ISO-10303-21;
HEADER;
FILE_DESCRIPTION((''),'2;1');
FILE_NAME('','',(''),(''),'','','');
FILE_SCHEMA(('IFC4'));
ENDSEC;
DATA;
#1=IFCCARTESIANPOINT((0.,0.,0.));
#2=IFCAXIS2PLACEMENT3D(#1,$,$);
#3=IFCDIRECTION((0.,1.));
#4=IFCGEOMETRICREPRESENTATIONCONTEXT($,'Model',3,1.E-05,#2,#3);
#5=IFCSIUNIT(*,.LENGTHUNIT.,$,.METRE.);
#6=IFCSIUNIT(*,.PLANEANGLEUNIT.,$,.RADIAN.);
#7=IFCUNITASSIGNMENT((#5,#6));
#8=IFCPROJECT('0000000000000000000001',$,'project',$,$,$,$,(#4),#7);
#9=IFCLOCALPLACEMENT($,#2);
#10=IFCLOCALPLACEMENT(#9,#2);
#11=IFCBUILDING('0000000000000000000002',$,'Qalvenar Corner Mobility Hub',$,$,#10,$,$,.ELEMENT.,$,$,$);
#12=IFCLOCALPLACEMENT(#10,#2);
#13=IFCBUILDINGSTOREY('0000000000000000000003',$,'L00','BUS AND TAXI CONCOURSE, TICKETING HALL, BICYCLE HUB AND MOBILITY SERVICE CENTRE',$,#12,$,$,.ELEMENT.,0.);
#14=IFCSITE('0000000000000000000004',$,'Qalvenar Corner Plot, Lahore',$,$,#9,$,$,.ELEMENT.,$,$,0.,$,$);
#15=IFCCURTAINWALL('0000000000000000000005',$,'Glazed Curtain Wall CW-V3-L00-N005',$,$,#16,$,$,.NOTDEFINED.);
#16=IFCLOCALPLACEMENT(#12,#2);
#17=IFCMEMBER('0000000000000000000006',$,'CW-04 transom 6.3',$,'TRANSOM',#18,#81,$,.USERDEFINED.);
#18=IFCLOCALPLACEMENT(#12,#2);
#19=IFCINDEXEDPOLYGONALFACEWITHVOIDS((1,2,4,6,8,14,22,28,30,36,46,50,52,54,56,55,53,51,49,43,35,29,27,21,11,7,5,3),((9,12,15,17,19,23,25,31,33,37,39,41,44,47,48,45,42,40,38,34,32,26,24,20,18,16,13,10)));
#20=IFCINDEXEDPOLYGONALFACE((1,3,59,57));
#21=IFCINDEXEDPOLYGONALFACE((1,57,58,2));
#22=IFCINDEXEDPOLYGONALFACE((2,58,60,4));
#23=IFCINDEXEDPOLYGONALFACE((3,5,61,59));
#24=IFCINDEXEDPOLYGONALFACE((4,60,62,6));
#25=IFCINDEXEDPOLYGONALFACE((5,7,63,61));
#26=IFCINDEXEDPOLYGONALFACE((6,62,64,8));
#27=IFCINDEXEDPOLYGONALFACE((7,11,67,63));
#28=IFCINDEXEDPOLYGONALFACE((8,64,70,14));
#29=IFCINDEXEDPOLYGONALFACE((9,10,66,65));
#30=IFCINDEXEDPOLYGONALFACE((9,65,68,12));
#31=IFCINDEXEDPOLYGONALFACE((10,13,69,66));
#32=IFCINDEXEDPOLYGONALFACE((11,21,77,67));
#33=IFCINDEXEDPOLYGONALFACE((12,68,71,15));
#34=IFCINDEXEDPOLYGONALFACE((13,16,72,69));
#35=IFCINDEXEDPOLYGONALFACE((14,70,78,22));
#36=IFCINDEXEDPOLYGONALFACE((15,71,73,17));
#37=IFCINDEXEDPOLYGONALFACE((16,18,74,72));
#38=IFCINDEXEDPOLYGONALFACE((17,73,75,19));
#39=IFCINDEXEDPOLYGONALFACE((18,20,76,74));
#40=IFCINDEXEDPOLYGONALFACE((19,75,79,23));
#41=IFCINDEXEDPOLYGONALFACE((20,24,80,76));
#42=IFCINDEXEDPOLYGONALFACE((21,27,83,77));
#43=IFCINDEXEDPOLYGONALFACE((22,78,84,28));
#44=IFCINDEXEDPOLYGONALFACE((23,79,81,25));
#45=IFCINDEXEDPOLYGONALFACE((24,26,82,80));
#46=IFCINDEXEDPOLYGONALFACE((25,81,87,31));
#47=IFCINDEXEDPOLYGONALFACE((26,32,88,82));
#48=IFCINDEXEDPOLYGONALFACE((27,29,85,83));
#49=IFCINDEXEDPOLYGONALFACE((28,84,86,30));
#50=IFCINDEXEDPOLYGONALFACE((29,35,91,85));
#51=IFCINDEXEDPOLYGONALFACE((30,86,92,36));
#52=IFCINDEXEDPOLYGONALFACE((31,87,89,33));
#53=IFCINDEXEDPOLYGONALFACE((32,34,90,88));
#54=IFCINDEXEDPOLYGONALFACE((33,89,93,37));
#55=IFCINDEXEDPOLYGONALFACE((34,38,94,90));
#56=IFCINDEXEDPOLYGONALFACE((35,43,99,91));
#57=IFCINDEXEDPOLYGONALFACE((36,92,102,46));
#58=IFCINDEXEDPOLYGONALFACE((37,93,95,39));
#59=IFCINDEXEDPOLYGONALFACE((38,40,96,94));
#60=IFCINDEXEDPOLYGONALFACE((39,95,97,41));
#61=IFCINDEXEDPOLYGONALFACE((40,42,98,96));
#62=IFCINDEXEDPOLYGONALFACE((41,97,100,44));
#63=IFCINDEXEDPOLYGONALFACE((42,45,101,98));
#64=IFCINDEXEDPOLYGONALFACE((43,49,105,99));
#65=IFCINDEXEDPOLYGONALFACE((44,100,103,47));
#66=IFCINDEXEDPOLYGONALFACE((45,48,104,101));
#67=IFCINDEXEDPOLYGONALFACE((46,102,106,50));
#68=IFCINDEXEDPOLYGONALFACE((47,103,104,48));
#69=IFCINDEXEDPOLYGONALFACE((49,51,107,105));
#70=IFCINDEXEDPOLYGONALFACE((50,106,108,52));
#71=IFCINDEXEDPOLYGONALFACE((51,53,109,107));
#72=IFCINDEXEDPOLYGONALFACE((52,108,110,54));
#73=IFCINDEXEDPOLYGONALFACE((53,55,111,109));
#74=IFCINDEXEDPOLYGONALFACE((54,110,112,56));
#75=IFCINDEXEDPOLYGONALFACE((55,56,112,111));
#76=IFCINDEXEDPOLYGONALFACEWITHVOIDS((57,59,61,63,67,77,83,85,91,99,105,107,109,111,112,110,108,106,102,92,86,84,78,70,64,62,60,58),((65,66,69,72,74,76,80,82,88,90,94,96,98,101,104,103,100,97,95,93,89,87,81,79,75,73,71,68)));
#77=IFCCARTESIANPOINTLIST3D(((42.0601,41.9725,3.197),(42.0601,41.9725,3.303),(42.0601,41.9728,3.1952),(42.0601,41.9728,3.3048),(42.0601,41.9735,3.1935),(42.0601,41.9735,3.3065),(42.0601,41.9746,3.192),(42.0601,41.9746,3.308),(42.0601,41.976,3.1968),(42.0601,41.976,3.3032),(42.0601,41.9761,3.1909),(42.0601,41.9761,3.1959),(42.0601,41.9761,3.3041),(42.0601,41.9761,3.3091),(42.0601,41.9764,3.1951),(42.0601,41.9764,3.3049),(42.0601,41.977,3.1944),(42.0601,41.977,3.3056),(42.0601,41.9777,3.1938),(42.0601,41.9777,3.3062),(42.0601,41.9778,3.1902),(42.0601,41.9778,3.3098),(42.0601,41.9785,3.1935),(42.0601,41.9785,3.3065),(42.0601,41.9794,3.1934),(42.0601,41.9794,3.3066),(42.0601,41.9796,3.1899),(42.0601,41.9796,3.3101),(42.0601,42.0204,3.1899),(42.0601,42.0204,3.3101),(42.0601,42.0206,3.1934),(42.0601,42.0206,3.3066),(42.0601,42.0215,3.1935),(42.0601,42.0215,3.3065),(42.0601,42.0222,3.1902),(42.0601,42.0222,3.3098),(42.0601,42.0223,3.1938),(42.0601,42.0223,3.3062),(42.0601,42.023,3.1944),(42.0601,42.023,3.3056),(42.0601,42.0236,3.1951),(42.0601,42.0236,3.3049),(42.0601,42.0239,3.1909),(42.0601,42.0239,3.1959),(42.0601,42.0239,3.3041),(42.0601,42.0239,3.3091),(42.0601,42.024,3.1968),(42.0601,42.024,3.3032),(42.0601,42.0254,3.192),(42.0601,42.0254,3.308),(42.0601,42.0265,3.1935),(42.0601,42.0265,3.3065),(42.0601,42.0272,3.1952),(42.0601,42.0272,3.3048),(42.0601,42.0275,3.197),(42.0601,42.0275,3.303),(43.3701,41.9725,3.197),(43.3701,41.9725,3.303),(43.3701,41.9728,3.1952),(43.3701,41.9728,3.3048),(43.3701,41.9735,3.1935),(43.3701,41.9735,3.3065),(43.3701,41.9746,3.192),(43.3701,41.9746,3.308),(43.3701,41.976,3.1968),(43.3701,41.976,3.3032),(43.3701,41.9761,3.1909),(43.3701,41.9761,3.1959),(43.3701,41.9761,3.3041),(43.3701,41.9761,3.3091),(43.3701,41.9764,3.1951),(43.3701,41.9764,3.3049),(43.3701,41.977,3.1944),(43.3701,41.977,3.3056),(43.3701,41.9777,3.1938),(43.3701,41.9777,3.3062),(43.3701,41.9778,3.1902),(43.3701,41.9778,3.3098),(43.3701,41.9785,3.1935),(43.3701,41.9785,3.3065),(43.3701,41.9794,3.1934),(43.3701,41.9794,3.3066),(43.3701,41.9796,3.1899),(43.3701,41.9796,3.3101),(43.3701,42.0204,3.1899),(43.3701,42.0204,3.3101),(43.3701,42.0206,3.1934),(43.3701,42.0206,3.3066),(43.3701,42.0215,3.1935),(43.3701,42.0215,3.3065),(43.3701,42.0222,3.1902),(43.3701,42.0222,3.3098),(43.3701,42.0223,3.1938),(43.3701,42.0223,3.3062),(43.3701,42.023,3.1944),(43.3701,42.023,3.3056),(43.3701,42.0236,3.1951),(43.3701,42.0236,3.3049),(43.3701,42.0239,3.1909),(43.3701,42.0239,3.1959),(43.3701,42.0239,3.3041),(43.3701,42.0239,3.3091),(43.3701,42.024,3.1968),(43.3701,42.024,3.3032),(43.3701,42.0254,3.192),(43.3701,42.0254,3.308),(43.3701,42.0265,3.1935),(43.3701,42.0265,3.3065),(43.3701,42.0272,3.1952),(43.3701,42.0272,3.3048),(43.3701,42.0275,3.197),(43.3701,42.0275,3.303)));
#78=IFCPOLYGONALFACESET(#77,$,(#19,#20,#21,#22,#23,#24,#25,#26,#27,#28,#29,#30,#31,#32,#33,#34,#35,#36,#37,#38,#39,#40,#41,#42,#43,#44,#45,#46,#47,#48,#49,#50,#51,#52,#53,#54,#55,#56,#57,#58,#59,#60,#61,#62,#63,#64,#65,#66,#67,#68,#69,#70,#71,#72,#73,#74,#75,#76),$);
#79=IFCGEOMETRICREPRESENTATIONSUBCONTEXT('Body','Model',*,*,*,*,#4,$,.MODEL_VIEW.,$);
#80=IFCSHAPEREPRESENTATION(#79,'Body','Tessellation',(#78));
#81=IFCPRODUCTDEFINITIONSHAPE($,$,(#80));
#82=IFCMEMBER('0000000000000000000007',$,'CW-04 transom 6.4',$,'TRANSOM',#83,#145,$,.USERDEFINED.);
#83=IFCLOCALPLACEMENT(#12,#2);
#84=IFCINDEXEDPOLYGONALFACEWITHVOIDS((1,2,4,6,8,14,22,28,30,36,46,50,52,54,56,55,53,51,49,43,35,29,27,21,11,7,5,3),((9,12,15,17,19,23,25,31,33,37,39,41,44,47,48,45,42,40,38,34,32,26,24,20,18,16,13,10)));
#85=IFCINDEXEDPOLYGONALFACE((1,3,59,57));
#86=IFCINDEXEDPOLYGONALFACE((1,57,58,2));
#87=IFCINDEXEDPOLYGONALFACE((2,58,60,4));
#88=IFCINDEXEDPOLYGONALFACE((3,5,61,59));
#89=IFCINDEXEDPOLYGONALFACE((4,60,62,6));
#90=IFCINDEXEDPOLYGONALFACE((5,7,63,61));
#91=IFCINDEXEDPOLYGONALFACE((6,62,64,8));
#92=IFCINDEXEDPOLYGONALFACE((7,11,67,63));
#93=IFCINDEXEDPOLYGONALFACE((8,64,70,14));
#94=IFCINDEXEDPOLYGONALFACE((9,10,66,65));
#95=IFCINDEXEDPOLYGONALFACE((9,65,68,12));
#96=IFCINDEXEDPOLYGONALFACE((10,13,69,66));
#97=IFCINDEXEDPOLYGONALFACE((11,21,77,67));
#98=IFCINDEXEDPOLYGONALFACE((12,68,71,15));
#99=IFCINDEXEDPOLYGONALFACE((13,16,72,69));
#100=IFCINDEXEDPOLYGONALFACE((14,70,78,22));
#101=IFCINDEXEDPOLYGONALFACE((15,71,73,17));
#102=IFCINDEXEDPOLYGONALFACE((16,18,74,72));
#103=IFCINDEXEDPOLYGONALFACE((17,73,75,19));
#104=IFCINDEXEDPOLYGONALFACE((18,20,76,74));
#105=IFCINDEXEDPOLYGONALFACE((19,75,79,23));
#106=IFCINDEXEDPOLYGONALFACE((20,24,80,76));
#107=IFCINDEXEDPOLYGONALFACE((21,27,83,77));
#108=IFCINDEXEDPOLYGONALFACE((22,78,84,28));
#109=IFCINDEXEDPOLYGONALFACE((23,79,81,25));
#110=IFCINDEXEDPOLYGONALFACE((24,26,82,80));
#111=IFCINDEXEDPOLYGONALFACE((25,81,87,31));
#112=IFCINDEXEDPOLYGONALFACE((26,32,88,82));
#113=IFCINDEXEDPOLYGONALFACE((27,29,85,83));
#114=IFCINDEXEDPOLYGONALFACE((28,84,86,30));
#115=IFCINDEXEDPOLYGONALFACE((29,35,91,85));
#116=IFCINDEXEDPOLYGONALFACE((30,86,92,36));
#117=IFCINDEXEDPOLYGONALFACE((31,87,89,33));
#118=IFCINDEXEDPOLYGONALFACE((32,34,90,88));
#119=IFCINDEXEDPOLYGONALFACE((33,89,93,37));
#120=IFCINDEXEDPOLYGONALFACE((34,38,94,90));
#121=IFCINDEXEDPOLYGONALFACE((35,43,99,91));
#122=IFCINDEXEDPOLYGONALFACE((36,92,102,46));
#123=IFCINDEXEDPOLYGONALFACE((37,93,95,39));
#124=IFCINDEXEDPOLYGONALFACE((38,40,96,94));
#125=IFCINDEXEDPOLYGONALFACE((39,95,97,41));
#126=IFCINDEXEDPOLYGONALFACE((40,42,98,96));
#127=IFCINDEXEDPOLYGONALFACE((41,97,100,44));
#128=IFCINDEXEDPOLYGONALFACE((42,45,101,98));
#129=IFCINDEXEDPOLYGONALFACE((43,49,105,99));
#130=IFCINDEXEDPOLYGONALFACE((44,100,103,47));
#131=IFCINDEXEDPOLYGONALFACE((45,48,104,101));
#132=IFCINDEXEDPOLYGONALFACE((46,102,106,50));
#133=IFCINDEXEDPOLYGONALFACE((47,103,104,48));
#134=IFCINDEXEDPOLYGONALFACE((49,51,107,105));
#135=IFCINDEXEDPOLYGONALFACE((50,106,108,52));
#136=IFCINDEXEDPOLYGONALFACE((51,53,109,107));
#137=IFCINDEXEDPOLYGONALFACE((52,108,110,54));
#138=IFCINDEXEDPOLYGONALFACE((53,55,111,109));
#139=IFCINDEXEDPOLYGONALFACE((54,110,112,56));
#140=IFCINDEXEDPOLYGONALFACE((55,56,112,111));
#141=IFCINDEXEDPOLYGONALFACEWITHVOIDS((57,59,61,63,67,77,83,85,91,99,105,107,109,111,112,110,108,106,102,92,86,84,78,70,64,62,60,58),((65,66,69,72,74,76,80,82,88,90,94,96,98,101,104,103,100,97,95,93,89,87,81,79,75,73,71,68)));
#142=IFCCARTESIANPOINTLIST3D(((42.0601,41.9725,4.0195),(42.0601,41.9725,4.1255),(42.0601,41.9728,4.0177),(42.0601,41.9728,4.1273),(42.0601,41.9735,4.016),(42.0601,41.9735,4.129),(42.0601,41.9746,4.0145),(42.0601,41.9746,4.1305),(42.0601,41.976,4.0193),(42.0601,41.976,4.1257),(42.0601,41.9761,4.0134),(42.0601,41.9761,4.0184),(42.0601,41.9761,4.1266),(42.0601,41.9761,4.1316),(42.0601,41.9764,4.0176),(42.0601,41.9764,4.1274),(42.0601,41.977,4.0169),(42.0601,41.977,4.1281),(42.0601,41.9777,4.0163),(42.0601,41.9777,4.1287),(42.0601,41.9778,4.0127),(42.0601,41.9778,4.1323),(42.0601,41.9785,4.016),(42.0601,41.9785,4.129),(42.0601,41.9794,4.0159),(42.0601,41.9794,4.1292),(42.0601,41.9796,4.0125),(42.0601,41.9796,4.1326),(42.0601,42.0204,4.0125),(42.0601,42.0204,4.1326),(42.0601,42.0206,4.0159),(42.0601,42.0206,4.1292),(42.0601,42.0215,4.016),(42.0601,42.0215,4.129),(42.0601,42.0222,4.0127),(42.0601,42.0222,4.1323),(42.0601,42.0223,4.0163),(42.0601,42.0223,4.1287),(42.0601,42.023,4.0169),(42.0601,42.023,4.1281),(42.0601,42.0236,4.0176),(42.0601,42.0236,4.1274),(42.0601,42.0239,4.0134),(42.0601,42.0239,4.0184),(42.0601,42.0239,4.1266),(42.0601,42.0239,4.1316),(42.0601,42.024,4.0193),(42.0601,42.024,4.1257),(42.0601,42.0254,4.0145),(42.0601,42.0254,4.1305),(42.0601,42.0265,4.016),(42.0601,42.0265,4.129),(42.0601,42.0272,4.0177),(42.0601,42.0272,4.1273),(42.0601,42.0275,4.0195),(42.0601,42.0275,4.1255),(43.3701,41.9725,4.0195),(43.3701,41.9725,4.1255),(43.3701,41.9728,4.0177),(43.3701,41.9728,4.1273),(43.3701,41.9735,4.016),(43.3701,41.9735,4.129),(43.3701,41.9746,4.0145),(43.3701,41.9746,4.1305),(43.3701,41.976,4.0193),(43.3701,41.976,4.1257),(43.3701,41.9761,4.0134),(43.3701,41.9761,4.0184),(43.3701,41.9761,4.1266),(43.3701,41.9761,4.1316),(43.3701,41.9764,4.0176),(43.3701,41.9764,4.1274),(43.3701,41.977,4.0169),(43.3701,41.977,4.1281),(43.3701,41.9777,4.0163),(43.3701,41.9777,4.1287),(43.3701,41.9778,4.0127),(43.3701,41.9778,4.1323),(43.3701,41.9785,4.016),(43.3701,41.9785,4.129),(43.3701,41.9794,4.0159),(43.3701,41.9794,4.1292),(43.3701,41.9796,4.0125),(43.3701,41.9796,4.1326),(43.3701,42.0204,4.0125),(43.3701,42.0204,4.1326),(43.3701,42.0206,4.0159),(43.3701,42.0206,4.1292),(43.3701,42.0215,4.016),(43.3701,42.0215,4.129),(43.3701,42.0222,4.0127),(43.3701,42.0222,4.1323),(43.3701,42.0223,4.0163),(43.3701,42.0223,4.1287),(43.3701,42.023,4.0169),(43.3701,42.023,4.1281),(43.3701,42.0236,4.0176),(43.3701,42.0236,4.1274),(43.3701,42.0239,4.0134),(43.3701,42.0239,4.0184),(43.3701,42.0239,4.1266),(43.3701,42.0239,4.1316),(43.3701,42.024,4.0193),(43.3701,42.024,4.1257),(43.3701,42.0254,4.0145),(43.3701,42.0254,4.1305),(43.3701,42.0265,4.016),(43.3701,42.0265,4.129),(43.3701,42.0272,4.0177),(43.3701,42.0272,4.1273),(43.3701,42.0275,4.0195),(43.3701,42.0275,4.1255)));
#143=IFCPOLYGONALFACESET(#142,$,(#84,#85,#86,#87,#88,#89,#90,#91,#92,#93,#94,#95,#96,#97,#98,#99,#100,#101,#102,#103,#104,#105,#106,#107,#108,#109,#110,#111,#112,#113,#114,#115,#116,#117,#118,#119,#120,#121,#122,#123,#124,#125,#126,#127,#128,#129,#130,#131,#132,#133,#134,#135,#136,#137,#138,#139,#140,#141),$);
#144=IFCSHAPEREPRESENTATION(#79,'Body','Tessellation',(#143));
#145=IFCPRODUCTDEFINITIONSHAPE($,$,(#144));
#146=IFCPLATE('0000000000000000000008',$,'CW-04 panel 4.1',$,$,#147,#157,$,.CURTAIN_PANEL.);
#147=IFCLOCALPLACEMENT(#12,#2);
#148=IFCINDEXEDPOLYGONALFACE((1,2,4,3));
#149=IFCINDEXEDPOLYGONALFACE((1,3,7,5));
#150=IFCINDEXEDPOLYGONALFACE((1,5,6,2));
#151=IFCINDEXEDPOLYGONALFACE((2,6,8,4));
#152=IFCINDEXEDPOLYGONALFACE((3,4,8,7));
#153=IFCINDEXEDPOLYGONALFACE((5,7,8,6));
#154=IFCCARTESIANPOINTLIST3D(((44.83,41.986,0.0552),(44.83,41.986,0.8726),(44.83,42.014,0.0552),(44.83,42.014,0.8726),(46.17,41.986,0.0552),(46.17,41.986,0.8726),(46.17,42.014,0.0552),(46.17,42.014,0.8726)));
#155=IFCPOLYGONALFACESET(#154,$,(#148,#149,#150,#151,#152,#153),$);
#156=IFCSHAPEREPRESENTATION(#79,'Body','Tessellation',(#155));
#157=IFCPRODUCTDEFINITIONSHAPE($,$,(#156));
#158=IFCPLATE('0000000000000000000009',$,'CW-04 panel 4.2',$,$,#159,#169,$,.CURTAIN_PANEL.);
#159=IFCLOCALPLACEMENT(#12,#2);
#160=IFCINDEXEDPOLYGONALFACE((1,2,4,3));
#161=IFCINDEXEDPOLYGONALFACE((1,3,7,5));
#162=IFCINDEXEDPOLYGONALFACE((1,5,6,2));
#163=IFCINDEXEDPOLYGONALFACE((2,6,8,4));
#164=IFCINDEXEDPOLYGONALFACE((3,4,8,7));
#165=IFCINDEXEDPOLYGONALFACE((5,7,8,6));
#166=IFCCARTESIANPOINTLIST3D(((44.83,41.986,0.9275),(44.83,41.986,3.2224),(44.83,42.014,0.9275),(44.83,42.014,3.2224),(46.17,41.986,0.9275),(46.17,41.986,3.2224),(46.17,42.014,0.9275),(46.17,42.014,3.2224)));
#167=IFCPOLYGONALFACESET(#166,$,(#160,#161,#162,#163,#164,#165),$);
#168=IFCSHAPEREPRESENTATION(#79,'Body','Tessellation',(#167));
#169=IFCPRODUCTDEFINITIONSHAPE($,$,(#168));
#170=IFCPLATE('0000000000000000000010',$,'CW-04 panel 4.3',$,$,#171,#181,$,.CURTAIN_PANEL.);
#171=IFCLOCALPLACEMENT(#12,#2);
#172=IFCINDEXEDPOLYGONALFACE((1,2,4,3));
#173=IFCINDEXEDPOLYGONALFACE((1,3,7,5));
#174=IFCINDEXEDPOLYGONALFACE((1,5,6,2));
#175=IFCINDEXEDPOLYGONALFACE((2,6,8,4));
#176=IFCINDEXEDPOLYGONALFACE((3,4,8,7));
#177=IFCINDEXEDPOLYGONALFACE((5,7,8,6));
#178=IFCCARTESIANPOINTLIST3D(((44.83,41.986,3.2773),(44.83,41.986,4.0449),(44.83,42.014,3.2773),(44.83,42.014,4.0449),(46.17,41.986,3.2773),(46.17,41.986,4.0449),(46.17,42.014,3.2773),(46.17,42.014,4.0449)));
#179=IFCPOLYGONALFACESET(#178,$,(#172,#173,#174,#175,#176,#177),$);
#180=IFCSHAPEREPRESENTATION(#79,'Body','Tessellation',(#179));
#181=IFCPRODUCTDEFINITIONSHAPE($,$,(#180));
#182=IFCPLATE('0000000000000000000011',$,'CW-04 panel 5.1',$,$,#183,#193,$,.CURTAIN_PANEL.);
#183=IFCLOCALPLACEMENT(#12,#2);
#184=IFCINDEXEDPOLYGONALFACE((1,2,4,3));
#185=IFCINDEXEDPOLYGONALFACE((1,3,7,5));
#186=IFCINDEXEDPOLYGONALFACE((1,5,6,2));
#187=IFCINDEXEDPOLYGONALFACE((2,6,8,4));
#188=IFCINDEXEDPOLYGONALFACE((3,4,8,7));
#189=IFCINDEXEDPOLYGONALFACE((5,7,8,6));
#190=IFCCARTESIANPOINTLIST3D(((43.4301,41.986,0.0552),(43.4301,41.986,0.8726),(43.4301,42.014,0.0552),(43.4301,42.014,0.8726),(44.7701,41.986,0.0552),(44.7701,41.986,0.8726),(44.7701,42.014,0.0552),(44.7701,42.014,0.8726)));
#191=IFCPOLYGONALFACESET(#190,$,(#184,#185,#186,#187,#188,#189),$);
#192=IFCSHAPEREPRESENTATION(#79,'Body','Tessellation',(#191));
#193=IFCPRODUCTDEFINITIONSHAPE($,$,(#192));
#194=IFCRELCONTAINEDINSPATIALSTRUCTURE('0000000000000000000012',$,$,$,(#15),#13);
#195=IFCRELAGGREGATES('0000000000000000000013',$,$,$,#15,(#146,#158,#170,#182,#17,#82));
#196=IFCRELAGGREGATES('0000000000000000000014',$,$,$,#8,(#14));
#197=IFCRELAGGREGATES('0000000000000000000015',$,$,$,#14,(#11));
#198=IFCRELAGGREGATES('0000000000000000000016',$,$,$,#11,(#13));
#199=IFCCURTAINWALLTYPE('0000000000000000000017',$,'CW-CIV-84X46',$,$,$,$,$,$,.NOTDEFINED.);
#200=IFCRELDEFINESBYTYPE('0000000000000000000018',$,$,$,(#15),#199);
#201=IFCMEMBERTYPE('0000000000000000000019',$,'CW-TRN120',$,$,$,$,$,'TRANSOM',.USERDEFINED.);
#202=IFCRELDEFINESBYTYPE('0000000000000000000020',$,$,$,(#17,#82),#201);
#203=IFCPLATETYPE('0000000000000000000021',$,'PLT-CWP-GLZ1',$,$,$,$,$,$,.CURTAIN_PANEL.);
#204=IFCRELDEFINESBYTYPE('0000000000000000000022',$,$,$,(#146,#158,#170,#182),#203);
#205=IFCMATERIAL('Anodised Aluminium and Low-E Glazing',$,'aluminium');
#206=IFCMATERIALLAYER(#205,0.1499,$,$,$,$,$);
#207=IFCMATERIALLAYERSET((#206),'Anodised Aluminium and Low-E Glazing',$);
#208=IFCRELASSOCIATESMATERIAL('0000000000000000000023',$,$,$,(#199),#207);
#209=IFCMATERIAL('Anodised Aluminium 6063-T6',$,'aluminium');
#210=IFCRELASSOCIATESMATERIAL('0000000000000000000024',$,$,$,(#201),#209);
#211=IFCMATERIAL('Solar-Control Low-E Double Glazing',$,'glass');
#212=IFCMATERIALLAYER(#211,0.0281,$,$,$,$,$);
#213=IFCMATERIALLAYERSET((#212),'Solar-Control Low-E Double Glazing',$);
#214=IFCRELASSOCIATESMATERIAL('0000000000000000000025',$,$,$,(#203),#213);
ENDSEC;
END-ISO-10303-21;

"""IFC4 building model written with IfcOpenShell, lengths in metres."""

from ifc_helpers import new_model, si_unit, direction, frame, origin, origin_2d, place, context, subcontext, project, spatial, rectangle, hollow_rectangle, extrude, material, layer, layer_set, material_profile, profile_set, type_object, element, aggregate, save


model = new_model("IFC4")

# Units and contexts
model_context = context("Model", 3, precision=1e-05, world=origin(), true_north=direction((0.0, 1.0)))
body_context = subcontext(model_context, "Body", "Model", "MODEL_VIEW")
ifc_project = project(units=[si_unit("LENGTHUNIT", "METRE"), si_unit("PLANEANGLEUNIT", "RADIAN")], contexts=[model_context])

# Site, building, storey
site_placement = place(None, origin())
site = spatial("IfcSite", under=ifc_project, at=site_placement, Name="Qalvenar Corner Plot, Lahore", CompositionType="ELEMENT", RefElevation=0.0)
building_placement = place(site_placement, origin())
building = spatial("IfcBuilding", under=site, at=building_placement, Name="Qalvenar Corner Mobility Hub", CompositionType="ELEMENT")
storey_placement = place(building_placement, origin())
storey = spatial("IfcBuildingStorey", under=building, at=storey_placement, Name="L00", Description="BUS AND TAXI CONCOURSE, TICKETING HALL, BICYCLE HUB AND MOBILITY SERVICE CENTRE", CompositionType="ELEMENT", Elevation=0.0)

# Curtain wall
ifc_material_1 = material(Name="Anodised Aluminium and Low-E Glazing", Category="aluminium")
ifc_layer_1 = layer(ifc_material_1, 0.1499)
ifc_layer_set_1 = layer_set([ifc_layer_1], Name="Anodised Aluminium and Low-E Glazing")
curtain_wall_type = type_object("IfcCurtainWallType", Name="CW-CIV-84X46", PredefinedType="NOTDEFINED", material=ifc_layer_set_1)
curtain_wall_1_placement = place(storey_placement, origin())
curtain_wall_1 = element("IfcCurtainWall", 1, at=curtain_wall_1_placement, inside=storey, type_object=curtain_wall_type, Name="Glazed Curtain Wall CW-V3-L00-N005", PredefinedType="NOTDEFINED")
ifc_material_2 = material(Name="Anodised Aluminium 6063-T6", Category="aluminium")

# Members
ifc_material_profile_1 = material_profile(ifc_material_2, hollow_rectangle(XDim=0.0549, YDim=0.1201, WallThickness=0.0034, InnerFilletRadius=0.0034, OuterFilletRadius=0.0071, at=origin_2d()), Name="RHS120x55x3.5")
ifc_profile_set_1 = profile_set([ifc_material_profile_1], Name="Anodised Aluminium 6063-T6")
member_type_1 = type_object("IfcMemberType", Name="CW-TRN120", ElementType="TRANSOM", PredefinedType="USERDEFINED", material=ifc_profile_set_1)
member_1_placement = place(storey_placement, frame((43.3701, 42.0, 3.25), z_axis=(-1.0, 0.0, 0.0), x_axis=(0.0, -1.0, 0.0)))
member_1 = element("IfcMember", 2, at=member_1_placement, type_object=member_type_1, Name="CW-04 transom 6.3", ObjectType="TRANSOM", PredefinedType="USERDEFINED", context=body_context, shape_type="SweptSolid", body=[
    extrude(hollow_rectangle(XDim=0.0549, YDim=0.1201, WallThickness=0.0034, InnerFilletRadius=0.0034, OuterFilletRadius=0.0071, at=origin_2d()), origin(), (0.0, 0.0, 1.0), 1.3101),
])
member_2_placement = place(storey_placement, frame((43.3701, 42.0, 4.0725), z_axis=(-1.0, 0.0, 0.0), x_axis=(0.0, -1.0, 0.0)))
member_2 = element("IfcMember", 3, at=member_2_placement, type_object=member_type_1, Name="CW-04 transom 6.4", ObjectType="TRANSOM", PredefinedType="USERDEFINED", context=body_context, shape_type="SweptSolid", body=[
    extrude(hollow_rectangle(XDim=0.0549, YDim=0.1201, WallThickness=0.0034, InnerFilletRadius=0.0034, OuterFilletRadius=0.0071, at=origin_2d()), origin(), (0.0, 0.0, 1.0), 1.3101),
])

# Plates
ifc_material_3 = material(Name="Solar-Control Low-E Double Glazing", Category="glass")
ifc_layer_2 = layer(ifc_material_3, 0.0281)
ifc_layer_set_2 = layer_set([ifc_layer_2], Name="Solar-Control Low-E Double Glazing")
plate_type = type_object("IfcPlateType", Name="PLT-CWP-GLZ1", PredefinedType="CURTAIN_PANEL", material=ifc_layer_set_2)
plate_1_placement = place(storey_placement, frame((45.5, 42.0, 0.0552), z_axis=(0.0, 0.0, 1.0), x_axis=(-1.0, 0.0, 0.0)))
plate_1 = element("IfcPlate", 4, at=plate_1_placement, type_object=plate_type, Name="CW-04 panel 4.1", PredefinedType="CURTAIN_PANEL", context=body_context, shape_type="SweptSolid", body=[
    extrude(rectangle(XDim=1.3401, YDim=0.0281, at=origin_2d()), origin(), (0.0, 0.0, 1.0), 0.8174),
])
plate_2_placement = place(storey_placement, frame((45.5, 42.0, 0.9275), z_axis=(0.0, 0.0, 1.0), x_axis=(-1.0, 0.0, 0.0)))
plate_2 = element("IfcPlate", 5, at=plate_2_placement, type_object=plate_type, Name="CW-04 panel 4.2", PredefinedType="CURTAIN_PANEL", context=body_context, shape_type="SweptSolid", body=[
    extrude(rectangle(XDim=1.3401, YDim=0.0281, at=origin_2d()), origin(), (0.0, 0.0, 1.0), 2.2949),
])
plate_3_placement = place(storey_placement, frame((45.5, 42.0, 3.2773), z_axis=(0.0, 0.0, 1.0), x_axis=(-1.0, 0.0, 0.0)))
plate_3 = element("IfcPlate", 6, at=plate_3_placement, type_object=plate_type, Name="CW-04 panel 4.3", PredefinedType="CURTAIN_PANEL", context=body_context, shape_type="SweptSolid", body=[
    extrude(rectangle(XDim=1.3401, YDim=0.0281, at=origin_2d()), origin(), (0.0, 0.0, 1.0), 0.7676),
])
plate_4_placement = place(storey_placement, frame((44.1001, 42.0, 0.0552), z_axis=(0.0, 0.0, 1.0), x_axis=(-1.0, 0.0, 0.0)))
plate_4 = element("IfcPlate", 7, at=plate_4_placement, type_object=plate_type, Name="CW-04 panel 5.1", PredefinedType="CURTAIN_PANEL", context=body_context, shape_type="SweptSolid", body=[
    extrude(rectangle(XDim=1.3401, YDim=0.0281, at=origin_2d()), origin(), (0.0, 0.0, 1.0), 0.8174),
])
aggregate(curtain_wall_1, [plate_1, plate_2, plate_3, plate_4, member_1, member_2])

save(model, "model.ifc")
